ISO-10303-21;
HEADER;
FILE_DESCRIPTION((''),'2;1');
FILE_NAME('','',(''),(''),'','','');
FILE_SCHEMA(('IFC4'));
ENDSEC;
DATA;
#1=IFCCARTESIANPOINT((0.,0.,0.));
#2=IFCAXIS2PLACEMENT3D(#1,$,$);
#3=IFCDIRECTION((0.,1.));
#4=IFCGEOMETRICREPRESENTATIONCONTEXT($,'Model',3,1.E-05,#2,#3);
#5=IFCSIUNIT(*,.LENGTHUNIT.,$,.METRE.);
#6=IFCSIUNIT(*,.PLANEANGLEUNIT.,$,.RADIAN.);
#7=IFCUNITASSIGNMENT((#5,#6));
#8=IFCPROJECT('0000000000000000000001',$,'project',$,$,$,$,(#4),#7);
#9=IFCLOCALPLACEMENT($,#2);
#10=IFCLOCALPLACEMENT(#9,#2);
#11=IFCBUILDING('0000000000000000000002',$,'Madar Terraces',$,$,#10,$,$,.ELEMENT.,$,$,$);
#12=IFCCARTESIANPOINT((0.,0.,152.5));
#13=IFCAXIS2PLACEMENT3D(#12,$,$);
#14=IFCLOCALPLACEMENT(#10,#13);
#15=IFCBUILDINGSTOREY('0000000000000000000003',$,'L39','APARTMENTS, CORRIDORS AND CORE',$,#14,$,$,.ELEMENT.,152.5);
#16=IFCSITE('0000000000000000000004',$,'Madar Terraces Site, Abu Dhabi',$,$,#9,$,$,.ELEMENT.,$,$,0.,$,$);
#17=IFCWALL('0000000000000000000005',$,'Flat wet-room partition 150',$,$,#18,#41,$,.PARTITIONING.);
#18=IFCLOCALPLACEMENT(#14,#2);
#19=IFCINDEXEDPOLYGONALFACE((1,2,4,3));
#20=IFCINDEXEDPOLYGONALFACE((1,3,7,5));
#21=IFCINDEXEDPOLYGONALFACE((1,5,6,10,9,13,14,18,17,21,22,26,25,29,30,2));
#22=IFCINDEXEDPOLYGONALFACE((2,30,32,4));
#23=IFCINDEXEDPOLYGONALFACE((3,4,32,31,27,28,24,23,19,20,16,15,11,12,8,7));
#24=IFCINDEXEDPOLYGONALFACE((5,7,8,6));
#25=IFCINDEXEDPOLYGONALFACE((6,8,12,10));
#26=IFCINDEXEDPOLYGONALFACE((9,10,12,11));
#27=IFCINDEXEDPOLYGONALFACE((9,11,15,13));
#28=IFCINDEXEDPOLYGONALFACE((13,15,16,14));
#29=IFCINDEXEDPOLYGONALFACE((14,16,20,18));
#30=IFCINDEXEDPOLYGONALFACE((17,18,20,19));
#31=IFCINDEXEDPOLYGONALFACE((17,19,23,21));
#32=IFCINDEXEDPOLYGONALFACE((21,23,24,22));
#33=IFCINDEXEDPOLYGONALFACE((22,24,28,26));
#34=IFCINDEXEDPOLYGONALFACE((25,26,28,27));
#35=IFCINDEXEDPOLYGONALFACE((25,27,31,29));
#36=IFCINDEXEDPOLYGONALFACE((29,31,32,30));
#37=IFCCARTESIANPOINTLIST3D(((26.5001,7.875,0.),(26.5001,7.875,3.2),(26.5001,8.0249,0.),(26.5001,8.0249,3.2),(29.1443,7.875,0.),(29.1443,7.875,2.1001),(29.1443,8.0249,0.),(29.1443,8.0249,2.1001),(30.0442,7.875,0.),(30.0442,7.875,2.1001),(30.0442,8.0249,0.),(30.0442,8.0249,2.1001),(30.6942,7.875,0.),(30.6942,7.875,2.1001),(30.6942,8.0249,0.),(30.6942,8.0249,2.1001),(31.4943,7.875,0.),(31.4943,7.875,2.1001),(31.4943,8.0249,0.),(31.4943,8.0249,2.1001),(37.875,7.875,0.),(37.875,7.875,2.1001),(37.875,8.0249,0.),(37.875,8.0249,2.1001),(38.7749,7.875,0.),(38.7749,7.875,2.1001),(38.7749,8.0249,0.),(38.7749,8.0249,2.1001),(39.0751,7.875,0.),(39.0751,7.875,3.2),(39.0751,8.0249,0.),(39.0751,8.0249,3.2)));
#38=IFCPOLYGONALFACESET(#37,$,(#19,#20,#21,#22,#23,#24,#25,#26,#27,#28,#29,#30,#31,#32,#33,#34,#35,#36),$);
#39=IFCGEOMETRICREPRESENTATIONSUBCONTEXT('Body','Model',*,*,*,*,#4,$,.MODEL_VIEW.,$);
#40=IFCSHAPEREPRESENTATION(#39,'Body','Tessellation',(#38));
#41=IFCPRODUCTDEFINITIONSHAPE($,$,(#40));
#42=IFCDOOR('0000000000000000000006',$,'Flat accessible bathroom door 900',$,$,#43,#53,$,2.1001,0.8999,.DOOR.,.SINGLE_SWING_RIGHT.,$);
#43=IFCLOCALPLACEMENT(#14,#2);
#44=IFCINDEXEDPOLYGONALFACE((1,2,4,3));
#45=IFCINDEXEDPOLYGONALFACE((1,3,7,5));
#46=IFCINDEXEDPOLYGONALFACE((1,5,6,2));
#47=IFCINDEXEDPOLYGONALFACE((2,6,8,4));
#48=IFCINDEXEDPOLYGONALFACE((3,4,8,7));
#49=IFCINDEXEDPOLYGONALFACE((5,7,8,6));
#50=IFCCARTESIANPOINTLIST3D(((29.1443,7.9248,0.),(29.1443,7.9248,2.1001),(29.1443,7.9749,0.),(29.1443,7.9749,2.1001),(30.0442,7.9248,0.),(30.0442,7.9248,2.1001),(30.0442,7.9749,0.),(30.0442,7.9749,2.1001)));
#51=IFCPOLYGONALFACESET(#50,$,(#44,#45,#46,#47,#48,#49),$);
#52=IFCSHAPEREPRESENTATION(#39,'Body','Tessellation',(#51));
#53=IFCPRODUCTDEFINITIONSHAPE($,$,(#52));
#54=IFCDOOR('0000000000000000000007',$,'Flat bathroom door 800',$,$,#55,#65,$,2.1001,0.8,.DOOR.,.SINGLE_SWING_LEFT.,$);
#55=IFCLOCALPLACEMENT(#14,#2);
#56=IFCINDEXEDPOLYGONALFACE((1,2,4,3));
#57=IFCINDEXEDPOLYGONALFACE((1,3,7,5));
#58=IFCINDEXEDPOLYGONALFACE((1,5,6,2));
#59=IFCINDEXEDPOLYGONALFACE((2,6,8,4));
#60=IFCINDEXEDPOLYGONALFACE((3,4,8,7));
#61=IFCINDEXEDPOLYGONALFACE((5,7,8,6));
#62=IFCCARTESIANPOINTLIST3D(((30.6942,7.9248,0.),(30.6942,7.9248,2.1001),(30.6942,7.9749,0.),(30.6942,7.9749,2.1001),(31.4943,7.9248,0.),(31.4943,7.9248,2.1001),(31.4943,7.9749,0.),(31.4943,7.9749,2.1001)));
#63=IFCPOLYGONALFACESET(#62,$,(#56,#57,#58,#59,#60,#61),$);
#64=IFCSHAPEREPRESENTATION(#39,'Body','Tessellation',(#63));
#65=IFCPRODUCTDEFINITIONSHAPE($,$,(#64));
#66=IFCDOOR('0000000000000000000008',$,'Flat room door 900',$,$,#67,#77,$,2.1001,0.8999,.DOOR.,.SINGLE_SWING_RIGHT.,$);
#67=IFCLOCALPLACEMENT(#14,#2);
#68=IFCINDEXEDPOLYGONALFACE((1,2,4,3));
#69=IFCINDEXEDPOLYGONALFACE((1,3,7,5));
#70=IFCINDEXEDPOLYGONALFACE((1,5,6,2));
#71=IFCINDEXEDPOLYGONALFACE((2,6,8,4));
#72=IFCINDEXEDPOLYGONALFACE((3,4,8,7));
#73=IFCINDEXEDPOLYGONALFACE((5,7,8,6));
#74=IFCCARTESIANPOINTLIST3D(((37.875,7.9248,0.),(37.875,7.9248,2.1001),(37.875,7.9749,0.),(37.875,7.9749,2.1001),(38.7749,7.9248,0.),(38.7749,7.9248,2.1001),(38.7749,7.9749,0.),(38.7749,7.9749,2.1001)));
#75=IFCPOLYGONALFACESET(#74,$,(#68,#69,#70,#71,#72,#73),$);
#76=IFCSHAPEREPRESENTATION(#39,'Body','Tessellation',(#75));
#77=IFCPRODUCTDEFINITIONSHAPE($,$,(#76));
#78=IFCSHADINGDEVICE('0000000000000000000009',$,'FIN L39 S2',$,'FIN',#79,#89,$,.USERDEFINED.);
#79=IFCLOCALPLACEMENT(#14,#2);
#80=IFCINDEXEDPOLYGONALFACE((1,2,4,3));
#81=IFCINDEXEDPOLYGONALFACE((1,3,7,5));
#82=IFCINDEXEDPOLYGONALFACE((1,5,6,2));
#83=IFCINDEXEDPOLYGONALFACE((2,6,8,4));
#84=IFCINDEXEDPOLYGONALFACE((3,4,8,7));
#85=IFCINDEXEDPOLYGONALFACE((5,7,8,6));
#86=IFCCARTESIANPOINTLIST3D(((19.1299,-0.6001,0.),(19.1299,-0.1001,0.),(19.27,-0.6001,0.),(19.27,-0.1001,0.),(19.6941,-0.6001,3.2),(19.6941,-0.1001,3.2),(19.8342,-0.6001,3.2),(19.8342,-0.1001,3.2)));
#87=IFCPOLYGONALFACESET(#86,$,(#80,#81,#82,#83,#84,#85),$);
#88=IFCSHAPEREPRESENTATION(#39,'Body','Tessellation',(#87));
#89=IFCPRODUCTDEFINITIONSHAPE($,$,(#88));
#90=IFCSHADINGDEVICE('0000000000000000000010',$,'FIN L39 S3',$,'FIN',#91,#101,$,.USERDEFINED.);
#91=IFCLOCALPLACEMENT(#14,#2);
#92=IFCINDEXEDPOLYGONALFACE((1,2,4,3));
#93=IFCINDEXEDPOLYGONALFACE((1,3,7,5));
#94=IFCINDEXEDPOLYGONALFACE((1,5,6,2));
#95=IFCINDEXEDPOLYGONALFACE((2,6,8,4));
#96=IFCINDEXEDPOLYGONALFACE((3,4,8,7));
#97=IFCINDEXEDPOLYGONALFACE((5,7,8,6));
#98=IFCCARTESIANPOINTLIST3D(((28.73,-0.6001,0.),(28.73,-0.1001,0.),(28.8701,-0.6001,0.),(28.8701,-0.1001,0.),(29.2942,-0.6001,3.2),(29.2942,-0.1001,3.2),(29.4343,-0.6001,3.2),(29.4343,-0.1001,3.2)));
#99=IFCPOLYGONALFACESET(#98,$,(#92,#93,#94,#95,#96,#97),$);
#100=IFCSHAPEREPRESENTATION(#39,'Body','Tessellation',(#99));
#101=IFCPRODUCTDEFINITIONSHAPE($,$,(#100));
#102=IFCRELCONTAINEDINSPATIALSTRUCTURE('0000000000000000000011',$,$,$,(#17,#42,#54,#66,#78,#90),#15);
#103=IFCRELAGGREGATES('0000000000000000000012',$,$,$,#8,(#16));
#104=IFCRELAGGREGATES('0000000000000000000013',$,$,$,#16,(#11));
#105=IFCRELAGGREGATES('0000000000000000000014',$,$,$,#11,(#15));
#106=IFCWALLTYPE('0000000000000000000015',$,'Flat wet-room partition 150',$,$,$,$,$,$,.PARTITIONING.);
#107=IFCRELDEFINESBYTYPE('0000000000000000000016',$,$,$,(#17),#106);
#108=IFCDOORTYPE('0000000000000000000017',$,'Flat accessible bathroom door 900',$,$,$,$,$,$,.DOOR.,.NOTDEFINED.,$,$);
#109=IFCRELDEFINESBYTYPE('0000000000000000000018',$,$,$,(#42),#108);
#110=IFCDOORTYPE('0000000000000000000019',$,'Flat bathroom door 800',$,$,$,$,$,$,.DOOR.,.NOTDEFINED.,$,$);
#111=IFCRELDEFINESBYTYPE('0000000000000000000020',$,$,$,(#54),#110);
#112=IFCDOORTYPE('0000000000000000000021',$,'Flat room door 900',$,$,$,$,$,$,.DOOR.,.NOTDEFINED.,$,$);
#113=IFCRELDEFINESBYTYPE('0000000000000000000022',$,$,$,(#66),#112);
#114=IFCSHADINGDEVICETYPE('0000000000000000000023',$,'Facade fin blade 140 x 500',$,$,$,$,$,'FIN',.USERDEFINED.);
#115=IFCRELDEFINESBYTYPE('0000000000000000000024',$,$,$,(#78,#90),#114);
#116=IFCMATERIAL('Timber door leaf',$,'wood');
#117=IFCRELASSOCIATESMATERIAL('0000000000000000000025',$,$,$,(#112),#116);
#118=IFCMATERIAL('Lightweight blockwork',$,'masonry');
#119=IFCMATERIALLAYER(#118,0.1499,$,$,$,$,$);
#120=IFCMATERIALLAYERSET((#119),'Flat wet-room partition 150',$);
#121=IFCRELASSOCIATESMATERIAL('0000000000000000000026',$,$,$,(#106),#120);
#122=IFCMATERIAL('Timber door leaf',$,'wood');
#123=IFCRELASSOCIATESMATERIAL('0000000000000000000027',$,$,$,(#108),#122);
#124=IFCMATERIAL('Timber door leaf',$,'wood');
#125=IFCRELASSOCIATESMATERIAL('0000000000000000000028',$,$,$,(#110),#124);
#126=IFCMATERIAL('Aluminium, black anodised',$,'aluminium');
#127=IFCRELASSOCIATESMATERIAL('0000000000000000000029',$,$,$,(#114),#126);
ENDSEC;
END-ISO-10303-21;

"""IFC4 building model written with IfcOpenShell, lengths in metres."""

from ifc_helpers import new_model, si_unit, direction, frame, frame_2d, origin, place, context, subcontext, project, spatial, polyline, rectangle, outline, extrude, material, layer, layer_set, type_object, element, fill, save


model = new_model("IFC4")

# Units and contexts
model_context = context("Model", 3, precision=1e-05, world=origin(), true_north=direction((0.0, 1.0)))
body_context = subcontext(model_context, "Body", "Model", "MODEL_VIEW")
ifc_project = project(units=[si_unit("LENGTHUNIT", "METRE"), si_unit("PLANEANGLEUNIT", "RADIAN")], contexts=[model_context])

# Site, building, storey
site_placement = place(None, origin())
site = spatial("IfcSite", under=ifc_project, at=site_placement, Name="Madar Terraces Site, Abu Dhabi", CompositionType="ELEMENT", RefElevation=0.0)
building_placement = place(site_placement, origin())
building = spatial("IfcBuilding", under=site, at=building_placement, Name="Madar Terraces", CompositionType="ELEMENT")
storey_placement = place(building_placement, frame((0.0, 0.0, 152.5)))
storey = spatial("IfcBuildingStorey", under=building, at=storey_placement, Name="L39", Description="APARTMENTS, CORRIDORS AND CORE", CompositionType="ELEMENT", Elevation=152.5)

# Wall, openings, doors
ifc_material_1 = material(Name="Timber door leaf", Category="wood")
door_type_1 = type_object("IfcDoorType", Name="Flat room door 900", OperationType="NOTDEFINED", PredefinedType="DOOR", material=ifc_material_1)
ifc_material_2 = material(Name="Lightweight blockwork", Category="masonry")
ifc_layer_1 = layer(ifc_material_2, 0.1499)
ifc_layer_set_1 = layer_set([ifc_layer_1], Name="Flat wet-room partition 150")
wall_type_1 = type_object("IfcWallType", Name="Flat wet-room partition 150", PredefinedType="PARTITIONING", material=ifc_layer_set_1)
wall_1_placement = place(storey_placement, frame((26.5, 7.95, 0.0), z_axis=(0.0, 0.0, 1.0), x_axis=(1.0, 0.0, 0.0)))
wall_1 = element("IfcWall", 1, at=wall_1_placement, inside=storey, type_object=wall_type_1, Name="Flat wet-room partition 150", PredefinedType="PARTITIONING", context=body_context, shape_type="SweptSolid", body=[
    extrude(rectangle(XDim=12.575, YDim=0.1499, at=frame_2d((6.2876, 0.0))), origin(), (0.0, 0.0, 1.0), 3.2),
])
opening_1_placement = place(wall_1_placement, frame((11.375, 0.0, 0.0)))
opening_1 = element("IfcOpeningElement", 2, at=opening_1_placement, cuts=wall_1, PredefinedType="OPENING", context=body_context, shape_type="SweptSolid", body=[
    extrude(rectangle(XDim=0.8999, YDim=2.1001, at=frame_2d((0.45, 1.05))), frame((0.0, 0.085, 0.0), z_axis=(0.0, -1.0, 0.0), x_axis=(1.0, 0.0, 0.0)), (0.0, 0.0, 1.0), 0.1699),
])
opening_2_placement = place(wall_1_placement, frame((4.1943, 0.0, 0.0)))
opening_2 = element("IfcOpeningElement", 3, at=opening_2_placement, cuts=wall_1, PredefinedType="OPENING", context=body_context, shape_type="SweptSolid", body=[
    extrude(rectangle(XDim=0.8, YDim=2.1001, at=frame_2d((0.3999, 1.05))), frame((0.0, 0.085, 0.0), z_axis=(0.0, -1.0, 0.0), x_axis=(1.0, 0.0, 0.0)), (0.0, 0.0, 1.0), 0.1699),
])
opening_3_placement = place(wall_1_placement, frame((2.6443, 0.0, 0.0)))
opening_3 = element("IfcOpeningElement", 4, at=opening_3_placement, cuts=wall_1, PredefinedType="OPENING", context=body_context, shape_type="SweptSolid", body=[
    extrude(rectangle(XDim=0.8999, YDim=2.1001, at=frame_2d((0.45, 1.05))), frame((0.0, 0.085, 0.0), z_axis=(0.0, -1.0, 0.0), x_axis=(1.0, 0.0, 0.0)), (0.0, 0.0, 1.0), 0.1699),
])
ifc_material_3 = material(Name="Timber door leaf", Category="wood")
door_type_2 = type_object("IfcDoorType", Name="Flat accessible bathroom door 900", OperationType="NOTDEFINED", PredefinedType="DOOR", material=ifc_material_3)
door_1_placement = place(opening_3_placement, origin())
door_1 = element("IfcDoor", 5, at=door_1_placement, inside=storey, type_object=door_type_2, Name="Flat accessible bathroom door 900", OperationType="SINGLE_SWING_RIGHT", OverallHeight=2.1001, OverallWidth=0.8999, PredefinedType="DOOR", context=body_context, shape_type="SweptSolid", body=[
    extrude(rectangle(XDim=0.8999, YDim=2.1001, at=frame_2d((0.45, 1.05))), frame((0.0, 0.0249, 0.0), z_axis=(0.0, -1.0, 0.0), x_axis=(1.0, 0.0, 0.0)), (0.0, 0.0, 1.0), 0.05),
])
fill(opening_3, door_1)
ifc_material_4 = material(Name="Timber door leaf", Category="wood")
door_type_3 = type_object("IfcDoorType", Name="Flat bathroom door 800", OperationType="NOTDEFINED", PredefinedType="DOOR", material=ifc_material_4)
door_2_placement = place(opening_2_placement, origin())
door_2 = element("IfcDoor", 6, at=door_2_placement, inside=storey, type_object=door_type_3, Name="Flat bathroom door 800", OperationType="SINGLE_SWING_LEFT", OverallHeight=2.1001, OverallWidth=0.8, PredefinedType="DOOR", context=body_context, shape_type="SweptSolid", body=[
    extrude(rectangle(XDim=0.8, YDim=2.1001, at=frame_2d((0.3999, 1.05))), frame((0.0, 0.0249, 0.0), z_axis=(0.0, -1.0, 0.0), x_axis=(1.0, 0.0, 0.0)), (0.0, 0.0, 1.0), 0.05),
])
fill(opening_2, door_2)
door_3_placement = place(opening_1_placement, origin())
door_3 = element("IfcDoor", 7, at=door_3_placement, inside=storey, type_object=door_type_1, Name="Flat room door 900", OperationType="SINGLE_SWING_RIGHT", OverallHeight=2.1001, OverallWidth=0.8999, PredefinedType="DOOR", context=body_context, shape_type="SweptSolid", body=[
    extrude(rectangle(XDim=0.8999, YDim=2.1001, at=frame_2d((0.45, 1.05))), frame((0.0, 0.0249, 0.0), z_axis=(0.0, -1.0, 0.0), x_axis=(1.0, 0.0, 0.0)), (0.0, 0.0, 1.0), 0.05),
])
fill(opening_1, door_3)

# Shading devices
ifc_material_5 = material(Name="Aluminium, black anodised", Category="aluminium")
shading_device_type = type_object("IfcShadingDeviceType", Name="Facade fin blade 140 x 500", ElementType="FIN", PredefinedType="USERDEFINED", material=ifc_material_5)
for number, where, z_axis, x_axis, name in (
    (8, (19.1299, -0.3501, 0.0), (0.0, 0.0, 1.0), (1.0, 0.0, 0.0), "FIN L39 S2"),
    (9, (28.73, -0.3501, 0.0), (0.0, 0.0, 1.0), (1.0, 0.0, 0.0), "FIN L39 S3"),
):
    element("IfcShadingDevice", number, at=place(storey_placement, frame(where, z_axis=z_axis, x_axis=x_axis)), inside=storey, type_object=shading_device_type, Name=name, ObjectType="FIN", PredefinedType="USERDEFINED", context=body_context, shape_type="SweptSolid", body=[
        extrude(outline(polyline([(0.0, 0.0), (0.1401, 0.0), (0.7043, 3.2), (0.5642, 3.2), (0.0, 0.0)])), frame((0.0, 0.25, 0.0), z_axis=(0.0, -1.0, 0.0), x_axis=(1.0, 0.0, 0.0)), (0.0, 0.0, 1.0), 0.5),
    ])

save(model, "model.ifc")
